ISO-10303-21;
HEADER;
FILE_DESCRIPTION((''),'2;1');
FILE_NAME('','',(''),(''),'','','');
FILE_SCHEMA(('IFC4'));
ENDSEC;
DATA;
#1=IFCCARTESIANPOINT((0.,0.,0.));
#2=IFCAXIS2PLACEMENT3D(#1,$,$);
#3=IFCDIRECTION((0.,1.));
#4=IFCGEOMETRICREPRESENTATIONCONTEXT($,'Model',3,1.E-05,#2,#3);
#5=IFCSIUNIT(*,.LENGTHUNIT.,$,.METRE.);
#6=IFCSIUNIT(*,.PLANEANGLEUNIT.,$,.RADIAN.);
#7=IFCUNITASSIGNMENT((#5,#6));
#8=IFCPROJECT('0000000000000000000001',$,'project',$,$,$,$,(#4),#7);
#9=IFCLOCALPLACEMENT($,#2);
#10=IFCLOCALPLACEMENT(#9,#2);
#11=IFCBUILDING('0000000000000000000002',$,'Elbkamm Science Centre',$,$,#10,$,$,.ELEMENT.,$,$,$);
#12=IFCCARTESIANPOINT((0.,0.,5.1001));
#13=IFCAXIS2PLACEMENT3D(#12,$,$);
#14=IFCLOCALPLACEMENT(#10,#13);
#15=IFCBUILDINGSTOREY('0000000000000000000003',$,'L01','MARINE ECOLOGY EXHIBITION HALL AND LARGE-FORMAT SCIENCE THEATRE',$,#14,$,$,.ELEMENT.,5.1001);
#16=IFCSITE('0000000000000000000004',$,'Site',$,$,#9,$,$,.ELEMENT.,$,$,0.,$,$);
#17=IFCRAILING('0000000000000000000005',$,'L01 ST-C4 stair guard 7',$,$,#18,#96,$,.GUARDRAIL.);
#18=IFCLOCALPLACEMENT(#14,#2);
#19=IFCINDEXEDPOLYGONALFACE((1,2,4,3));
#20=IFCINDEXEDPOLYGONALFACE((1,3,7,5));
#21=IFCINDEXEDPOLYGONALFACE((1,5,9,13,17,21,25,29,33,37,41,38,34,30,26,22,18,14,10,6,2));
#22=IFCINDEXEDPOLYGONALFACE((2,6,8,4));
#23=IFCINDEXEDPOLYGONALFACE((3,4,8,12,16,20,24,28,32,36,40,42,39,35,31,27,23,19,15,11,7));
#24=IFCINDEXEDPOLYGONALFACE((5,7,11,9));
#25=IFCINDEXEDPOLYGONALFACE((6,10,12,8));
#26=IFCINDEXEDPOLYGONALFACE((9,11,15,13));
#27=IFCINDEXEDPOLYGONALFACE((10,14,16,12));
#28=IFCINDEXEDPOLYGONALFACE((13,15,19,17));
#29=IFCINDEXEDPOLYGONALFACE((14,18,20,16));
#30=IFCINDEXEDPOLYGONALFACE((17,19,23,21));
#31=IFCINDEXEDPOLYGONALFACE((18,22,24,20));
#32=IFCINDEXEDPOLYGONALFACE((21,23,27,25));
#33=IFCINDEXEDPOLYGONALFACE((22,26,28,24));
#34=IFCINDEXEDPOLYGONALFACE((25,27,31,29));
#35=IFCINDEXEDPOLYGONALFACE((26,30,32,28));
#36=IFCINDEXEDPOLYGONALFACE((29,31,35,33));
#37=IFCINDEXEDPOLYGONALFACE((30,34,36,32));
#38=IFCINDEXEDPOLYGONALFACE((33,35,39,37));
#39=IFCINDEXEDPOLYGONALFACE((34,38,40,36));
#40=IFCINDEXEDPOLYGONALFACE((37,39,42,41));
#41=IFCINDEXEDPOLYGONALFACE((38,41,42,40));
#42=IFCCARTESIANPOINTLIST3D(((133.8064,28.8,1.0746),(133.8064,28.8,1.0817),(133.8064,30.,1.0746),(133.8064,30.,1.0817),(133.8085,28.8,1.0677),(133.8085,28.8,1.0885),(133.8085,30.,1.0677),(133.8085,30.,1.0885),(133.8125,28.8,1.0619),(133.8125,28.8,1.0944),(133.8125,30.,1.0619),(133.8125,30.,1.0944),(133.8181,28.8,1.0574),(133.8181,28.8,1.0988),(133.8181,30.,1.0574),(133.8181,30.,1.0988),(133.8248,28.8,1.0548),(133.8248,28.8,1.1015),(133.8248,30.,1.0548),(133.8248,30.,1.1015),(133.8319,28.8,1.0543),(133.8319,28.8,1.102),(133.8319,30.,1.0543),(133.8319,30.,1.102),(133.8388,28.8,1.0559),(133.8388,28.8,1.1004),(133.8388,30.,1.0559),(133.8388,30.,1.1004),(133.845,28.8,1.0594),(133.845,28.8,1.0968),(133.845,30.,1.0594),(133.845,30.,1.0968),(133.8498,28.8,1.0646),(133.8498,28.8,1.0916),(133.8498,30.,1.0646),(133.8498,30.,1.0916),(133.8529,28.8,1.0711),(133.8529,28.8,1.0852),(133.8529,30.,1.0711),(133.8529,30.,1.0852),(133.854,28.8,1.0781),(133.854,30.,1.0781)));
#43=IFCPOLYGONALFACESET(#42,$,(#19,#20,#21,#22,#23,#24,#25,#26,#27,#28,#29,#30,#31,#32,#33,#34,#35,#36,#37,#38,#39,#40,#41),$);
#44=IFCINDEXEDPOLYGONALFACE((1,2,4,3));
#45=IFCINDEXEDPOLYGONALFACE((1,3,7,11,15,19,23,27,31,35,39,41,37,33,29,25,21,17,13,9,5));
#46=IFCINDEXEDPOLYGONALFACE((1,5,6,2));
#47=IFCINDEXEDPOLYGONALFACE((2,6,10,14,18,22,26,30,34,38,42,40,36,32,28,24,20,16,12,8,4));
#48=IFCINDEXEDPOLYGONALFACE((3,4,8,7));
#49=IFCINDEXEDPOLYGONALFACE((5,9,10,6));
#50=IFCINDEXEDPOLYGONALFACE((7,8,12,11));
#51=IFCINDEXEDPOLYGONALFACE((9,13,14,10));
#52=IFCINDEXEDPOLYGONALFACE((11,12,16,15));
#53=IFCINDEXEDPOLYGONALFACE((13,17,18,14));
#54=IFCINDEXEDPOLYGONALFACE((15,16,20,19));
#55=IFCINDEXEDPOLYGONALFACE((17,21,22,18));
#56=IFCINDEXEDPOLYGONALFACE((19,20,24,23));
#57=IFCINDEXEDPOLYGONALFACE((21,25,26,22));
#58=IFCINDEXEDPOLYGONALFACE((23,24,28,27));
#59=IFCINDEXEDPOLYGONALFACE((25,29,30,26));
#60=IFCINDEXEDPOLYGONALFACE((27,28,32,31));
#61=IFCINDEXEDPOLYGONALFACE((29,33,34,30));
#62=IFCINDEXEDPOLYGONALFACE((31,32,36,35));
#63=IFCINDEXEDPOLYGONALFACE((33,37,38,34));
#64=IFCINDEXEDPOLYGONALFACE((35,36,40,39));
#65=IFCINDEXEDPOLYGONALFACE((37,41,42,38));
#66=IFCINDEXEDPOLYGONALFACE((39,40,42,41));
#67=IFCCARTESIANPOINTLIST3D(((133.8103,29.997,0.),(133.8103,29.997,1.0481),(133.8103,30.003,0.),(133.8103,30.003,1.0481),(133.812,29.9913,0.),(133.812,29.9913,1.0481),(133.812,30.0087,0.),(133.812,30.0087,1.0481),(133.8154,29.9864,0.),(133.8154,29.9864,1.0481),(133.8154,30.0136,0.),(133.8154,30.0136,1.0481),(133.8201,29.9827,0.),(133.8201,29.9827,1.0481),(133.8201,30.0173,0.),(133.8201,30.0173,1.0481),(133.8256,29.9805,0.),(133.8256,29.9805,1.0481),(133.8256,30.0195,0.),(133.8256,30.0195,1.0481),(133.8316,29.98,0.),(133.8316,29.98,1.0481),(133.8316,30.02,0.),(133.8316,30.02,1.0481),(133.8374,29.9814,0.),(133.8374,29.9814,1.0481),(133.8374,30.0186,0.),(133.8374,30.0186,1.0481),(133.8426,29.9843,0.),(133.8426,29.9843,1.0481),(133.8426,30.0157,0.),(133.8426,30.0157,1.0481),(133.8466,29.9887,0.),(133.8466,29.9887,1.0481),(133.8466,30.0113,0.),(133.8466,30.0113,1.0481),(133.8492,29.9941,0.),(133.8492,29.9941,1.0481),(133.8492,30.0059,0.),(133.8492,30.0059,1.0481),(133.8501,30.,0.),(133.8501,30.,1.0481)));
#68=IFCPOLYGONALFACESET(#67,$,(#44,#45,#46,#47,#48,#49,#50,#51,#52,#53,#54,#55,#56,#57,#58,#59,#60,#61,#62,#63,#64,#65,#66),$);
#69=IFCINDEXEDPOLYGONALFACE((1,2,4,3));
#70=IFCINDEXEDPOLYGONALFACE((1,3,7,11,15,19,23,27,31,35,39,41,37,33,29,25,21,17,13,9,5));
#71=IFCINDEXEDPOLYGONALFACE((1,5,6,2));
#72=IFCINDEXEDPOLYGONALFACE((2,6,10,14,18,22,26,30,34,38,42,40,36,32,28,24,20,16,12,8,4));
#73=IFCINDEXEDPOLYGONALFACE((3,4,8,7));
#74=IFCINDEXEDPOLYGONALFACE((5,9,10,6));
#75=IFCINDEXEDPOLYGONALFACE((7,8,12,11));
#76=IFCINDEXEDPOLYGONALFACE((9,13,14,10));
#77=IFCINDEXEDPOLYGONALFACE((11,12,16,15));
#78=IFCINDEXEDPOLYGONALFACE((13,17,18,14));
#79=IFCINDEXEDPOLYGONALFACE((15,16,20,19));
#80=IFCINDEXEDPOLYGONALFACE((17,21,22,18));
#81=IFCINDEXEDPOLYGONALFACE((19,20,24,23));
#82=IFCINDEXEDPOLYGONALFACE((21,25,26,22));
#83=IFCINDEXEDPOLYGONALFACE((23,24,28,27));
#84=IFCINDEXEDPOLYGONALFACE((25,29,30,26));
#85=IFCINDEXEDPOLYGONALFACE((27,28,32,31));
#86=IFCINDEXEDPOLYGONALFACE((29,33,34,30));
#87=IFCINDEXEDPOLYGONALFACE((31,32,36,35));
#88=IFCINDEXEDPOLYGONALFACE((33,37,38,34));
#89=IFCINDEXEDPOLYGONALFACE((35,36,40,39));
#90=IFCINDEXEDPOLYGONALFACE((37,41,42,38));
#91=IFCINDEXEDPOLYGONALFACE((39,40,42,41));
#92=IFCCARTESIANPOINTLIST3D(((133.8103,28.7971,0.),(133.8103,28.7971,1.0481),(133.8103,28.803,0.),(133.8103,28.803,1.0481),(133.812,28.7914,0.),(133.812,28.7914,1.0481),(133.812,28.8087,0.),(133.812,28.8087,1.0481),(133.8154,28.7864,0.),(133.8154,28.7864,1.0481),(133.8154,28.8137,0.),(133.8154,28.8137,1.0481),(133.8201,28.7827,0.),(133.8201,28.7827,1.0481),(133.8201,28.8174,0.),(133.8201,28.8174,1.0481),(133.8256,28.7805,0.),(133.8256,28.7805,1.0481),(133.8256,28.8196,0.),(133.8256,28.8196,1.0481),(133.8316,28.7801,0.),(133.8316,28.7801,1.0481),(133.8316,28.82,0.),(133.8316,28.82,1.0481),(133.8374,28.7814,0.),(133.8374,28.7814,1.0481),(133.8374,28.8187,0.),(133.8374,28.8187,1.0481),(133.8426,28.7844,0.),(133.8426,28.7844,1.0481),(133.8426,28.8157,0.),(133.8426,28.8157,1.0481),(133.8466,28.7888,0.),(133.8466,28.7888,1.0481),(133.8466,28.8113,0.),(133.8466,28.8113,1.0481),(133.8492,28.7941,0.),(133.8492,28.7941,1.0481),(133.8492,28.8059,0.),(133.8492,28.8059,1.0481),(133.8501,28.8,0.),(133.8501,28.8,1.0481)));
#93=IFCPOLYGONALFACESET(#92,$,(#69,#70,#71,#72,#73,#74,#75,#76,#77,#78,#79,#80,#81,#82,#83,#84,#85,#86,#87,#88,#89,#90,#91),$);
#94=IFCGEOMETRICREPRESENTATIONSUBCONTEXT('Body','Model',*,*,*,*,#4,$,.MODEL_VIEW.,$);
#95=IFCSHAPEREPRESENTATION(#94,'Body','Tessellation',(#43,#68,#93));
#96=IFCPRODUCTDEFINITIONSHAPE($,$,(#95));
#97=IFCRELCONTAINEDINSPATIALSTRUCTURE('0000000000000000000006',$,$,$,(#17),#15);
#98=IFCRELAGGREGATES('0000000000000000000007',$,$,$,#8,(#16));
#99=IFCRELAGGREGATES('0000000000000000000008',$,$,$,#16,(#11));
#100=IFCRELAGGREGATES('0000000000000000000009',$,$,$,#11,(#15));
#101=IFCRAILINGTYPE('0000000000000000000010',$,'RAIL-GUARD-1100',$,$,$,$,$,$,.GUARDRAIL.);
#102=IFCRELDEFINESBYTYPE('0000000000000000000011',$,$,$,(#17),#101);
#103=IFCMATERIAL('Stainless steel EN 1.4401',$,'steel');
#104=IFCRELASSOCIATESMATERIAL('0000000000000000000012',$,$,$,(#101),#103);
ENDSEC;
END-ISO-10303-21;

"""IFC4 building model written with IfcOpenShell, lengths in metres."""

from ifc_helpers import new_model, si_unit, direction, frame, origin, origin_2d, place, context, subcontext, project, spatial, circle, extrude, material, type_object, element, save


model = new_model("IFC4")

# Units and contexts
model_context = context("Model", 3, precision=1e-05, world=origin(), true_north=direction((0.0, 1.0)))
body_context = subcontext(model_context, "Body", "Model", "MODEL_VIEW")
ifc_project = project(units=[si_unit("LENGTHUNIT", "METRE"), si_unit("PLANEANGLEUNIT", "RADIAN")], contexts=[model_context])

# Site, building, storey
site_placement = place(None, origin())
site = spatial("IfcSite", under=ifc_project, at=site_placement, Name="Site", CompositionType="ELEMENT", RefElevation=0.0)
building_placement = place(site_placement, origin())
building = spatial("IfcBuilding", under=site, at=building_placement, Name="Elbkamm Science Centre", CompositionType="ELEMENT")
storey_placement = place(building_placement, frame((0.0, 0.0, 5.1001)))
storey = spatial("IfcBuildingStorey", under=building, at=storey_placement, Name="L01", Description="MARINE ECOLOGY EXHIBITION HALL AND LARGE-FORMAT SCIENCE THEATRE", CompositionType="ELEMENT", Elevation=5.1001)

# Railing
ifc_material_1 = material(Name="Stainless steel EN 1.4401", Category="steel")
railing_type_1 = type_object("IfcRailingType", Name="RAIL-GUARD-1100", PredefinedType="GUARDRAIL", material=ifc_material_1)
railing_1_placement = place(storey_placement, frame((133.8301, 30.0, 0.0)))
element("IfcRailing", 1, at=railing_1_placement, inside=storey, type_object=railing_type_1, Name="L01 ST-C4 stair guard 7", PredefinedType="GUARDRAIL", context=body_context, shape_type="SweptSolid", body=[
    extrude(circle(Radius=0.0239, at=origin_2d()), frame((0.0, 0.0, 1.0781), z_axis=(0.0, -1.0, 0.0), x_axis=(1.0, 0.0, 0.0)), (0.0, 0.0, 1.0), 1.2),
    extrude(circle(Radius=0.02, at=origin_2d()), origin(), (0.0, 0.0, 1.0), 1.0481),
    extrude(circle(Radius=0.02, at=origin_2d()), frame((0.0, -1.2, 0.0)), (0.0, 0.0, 1.0), 1.0481),
])

save(model, "model.ifc")
